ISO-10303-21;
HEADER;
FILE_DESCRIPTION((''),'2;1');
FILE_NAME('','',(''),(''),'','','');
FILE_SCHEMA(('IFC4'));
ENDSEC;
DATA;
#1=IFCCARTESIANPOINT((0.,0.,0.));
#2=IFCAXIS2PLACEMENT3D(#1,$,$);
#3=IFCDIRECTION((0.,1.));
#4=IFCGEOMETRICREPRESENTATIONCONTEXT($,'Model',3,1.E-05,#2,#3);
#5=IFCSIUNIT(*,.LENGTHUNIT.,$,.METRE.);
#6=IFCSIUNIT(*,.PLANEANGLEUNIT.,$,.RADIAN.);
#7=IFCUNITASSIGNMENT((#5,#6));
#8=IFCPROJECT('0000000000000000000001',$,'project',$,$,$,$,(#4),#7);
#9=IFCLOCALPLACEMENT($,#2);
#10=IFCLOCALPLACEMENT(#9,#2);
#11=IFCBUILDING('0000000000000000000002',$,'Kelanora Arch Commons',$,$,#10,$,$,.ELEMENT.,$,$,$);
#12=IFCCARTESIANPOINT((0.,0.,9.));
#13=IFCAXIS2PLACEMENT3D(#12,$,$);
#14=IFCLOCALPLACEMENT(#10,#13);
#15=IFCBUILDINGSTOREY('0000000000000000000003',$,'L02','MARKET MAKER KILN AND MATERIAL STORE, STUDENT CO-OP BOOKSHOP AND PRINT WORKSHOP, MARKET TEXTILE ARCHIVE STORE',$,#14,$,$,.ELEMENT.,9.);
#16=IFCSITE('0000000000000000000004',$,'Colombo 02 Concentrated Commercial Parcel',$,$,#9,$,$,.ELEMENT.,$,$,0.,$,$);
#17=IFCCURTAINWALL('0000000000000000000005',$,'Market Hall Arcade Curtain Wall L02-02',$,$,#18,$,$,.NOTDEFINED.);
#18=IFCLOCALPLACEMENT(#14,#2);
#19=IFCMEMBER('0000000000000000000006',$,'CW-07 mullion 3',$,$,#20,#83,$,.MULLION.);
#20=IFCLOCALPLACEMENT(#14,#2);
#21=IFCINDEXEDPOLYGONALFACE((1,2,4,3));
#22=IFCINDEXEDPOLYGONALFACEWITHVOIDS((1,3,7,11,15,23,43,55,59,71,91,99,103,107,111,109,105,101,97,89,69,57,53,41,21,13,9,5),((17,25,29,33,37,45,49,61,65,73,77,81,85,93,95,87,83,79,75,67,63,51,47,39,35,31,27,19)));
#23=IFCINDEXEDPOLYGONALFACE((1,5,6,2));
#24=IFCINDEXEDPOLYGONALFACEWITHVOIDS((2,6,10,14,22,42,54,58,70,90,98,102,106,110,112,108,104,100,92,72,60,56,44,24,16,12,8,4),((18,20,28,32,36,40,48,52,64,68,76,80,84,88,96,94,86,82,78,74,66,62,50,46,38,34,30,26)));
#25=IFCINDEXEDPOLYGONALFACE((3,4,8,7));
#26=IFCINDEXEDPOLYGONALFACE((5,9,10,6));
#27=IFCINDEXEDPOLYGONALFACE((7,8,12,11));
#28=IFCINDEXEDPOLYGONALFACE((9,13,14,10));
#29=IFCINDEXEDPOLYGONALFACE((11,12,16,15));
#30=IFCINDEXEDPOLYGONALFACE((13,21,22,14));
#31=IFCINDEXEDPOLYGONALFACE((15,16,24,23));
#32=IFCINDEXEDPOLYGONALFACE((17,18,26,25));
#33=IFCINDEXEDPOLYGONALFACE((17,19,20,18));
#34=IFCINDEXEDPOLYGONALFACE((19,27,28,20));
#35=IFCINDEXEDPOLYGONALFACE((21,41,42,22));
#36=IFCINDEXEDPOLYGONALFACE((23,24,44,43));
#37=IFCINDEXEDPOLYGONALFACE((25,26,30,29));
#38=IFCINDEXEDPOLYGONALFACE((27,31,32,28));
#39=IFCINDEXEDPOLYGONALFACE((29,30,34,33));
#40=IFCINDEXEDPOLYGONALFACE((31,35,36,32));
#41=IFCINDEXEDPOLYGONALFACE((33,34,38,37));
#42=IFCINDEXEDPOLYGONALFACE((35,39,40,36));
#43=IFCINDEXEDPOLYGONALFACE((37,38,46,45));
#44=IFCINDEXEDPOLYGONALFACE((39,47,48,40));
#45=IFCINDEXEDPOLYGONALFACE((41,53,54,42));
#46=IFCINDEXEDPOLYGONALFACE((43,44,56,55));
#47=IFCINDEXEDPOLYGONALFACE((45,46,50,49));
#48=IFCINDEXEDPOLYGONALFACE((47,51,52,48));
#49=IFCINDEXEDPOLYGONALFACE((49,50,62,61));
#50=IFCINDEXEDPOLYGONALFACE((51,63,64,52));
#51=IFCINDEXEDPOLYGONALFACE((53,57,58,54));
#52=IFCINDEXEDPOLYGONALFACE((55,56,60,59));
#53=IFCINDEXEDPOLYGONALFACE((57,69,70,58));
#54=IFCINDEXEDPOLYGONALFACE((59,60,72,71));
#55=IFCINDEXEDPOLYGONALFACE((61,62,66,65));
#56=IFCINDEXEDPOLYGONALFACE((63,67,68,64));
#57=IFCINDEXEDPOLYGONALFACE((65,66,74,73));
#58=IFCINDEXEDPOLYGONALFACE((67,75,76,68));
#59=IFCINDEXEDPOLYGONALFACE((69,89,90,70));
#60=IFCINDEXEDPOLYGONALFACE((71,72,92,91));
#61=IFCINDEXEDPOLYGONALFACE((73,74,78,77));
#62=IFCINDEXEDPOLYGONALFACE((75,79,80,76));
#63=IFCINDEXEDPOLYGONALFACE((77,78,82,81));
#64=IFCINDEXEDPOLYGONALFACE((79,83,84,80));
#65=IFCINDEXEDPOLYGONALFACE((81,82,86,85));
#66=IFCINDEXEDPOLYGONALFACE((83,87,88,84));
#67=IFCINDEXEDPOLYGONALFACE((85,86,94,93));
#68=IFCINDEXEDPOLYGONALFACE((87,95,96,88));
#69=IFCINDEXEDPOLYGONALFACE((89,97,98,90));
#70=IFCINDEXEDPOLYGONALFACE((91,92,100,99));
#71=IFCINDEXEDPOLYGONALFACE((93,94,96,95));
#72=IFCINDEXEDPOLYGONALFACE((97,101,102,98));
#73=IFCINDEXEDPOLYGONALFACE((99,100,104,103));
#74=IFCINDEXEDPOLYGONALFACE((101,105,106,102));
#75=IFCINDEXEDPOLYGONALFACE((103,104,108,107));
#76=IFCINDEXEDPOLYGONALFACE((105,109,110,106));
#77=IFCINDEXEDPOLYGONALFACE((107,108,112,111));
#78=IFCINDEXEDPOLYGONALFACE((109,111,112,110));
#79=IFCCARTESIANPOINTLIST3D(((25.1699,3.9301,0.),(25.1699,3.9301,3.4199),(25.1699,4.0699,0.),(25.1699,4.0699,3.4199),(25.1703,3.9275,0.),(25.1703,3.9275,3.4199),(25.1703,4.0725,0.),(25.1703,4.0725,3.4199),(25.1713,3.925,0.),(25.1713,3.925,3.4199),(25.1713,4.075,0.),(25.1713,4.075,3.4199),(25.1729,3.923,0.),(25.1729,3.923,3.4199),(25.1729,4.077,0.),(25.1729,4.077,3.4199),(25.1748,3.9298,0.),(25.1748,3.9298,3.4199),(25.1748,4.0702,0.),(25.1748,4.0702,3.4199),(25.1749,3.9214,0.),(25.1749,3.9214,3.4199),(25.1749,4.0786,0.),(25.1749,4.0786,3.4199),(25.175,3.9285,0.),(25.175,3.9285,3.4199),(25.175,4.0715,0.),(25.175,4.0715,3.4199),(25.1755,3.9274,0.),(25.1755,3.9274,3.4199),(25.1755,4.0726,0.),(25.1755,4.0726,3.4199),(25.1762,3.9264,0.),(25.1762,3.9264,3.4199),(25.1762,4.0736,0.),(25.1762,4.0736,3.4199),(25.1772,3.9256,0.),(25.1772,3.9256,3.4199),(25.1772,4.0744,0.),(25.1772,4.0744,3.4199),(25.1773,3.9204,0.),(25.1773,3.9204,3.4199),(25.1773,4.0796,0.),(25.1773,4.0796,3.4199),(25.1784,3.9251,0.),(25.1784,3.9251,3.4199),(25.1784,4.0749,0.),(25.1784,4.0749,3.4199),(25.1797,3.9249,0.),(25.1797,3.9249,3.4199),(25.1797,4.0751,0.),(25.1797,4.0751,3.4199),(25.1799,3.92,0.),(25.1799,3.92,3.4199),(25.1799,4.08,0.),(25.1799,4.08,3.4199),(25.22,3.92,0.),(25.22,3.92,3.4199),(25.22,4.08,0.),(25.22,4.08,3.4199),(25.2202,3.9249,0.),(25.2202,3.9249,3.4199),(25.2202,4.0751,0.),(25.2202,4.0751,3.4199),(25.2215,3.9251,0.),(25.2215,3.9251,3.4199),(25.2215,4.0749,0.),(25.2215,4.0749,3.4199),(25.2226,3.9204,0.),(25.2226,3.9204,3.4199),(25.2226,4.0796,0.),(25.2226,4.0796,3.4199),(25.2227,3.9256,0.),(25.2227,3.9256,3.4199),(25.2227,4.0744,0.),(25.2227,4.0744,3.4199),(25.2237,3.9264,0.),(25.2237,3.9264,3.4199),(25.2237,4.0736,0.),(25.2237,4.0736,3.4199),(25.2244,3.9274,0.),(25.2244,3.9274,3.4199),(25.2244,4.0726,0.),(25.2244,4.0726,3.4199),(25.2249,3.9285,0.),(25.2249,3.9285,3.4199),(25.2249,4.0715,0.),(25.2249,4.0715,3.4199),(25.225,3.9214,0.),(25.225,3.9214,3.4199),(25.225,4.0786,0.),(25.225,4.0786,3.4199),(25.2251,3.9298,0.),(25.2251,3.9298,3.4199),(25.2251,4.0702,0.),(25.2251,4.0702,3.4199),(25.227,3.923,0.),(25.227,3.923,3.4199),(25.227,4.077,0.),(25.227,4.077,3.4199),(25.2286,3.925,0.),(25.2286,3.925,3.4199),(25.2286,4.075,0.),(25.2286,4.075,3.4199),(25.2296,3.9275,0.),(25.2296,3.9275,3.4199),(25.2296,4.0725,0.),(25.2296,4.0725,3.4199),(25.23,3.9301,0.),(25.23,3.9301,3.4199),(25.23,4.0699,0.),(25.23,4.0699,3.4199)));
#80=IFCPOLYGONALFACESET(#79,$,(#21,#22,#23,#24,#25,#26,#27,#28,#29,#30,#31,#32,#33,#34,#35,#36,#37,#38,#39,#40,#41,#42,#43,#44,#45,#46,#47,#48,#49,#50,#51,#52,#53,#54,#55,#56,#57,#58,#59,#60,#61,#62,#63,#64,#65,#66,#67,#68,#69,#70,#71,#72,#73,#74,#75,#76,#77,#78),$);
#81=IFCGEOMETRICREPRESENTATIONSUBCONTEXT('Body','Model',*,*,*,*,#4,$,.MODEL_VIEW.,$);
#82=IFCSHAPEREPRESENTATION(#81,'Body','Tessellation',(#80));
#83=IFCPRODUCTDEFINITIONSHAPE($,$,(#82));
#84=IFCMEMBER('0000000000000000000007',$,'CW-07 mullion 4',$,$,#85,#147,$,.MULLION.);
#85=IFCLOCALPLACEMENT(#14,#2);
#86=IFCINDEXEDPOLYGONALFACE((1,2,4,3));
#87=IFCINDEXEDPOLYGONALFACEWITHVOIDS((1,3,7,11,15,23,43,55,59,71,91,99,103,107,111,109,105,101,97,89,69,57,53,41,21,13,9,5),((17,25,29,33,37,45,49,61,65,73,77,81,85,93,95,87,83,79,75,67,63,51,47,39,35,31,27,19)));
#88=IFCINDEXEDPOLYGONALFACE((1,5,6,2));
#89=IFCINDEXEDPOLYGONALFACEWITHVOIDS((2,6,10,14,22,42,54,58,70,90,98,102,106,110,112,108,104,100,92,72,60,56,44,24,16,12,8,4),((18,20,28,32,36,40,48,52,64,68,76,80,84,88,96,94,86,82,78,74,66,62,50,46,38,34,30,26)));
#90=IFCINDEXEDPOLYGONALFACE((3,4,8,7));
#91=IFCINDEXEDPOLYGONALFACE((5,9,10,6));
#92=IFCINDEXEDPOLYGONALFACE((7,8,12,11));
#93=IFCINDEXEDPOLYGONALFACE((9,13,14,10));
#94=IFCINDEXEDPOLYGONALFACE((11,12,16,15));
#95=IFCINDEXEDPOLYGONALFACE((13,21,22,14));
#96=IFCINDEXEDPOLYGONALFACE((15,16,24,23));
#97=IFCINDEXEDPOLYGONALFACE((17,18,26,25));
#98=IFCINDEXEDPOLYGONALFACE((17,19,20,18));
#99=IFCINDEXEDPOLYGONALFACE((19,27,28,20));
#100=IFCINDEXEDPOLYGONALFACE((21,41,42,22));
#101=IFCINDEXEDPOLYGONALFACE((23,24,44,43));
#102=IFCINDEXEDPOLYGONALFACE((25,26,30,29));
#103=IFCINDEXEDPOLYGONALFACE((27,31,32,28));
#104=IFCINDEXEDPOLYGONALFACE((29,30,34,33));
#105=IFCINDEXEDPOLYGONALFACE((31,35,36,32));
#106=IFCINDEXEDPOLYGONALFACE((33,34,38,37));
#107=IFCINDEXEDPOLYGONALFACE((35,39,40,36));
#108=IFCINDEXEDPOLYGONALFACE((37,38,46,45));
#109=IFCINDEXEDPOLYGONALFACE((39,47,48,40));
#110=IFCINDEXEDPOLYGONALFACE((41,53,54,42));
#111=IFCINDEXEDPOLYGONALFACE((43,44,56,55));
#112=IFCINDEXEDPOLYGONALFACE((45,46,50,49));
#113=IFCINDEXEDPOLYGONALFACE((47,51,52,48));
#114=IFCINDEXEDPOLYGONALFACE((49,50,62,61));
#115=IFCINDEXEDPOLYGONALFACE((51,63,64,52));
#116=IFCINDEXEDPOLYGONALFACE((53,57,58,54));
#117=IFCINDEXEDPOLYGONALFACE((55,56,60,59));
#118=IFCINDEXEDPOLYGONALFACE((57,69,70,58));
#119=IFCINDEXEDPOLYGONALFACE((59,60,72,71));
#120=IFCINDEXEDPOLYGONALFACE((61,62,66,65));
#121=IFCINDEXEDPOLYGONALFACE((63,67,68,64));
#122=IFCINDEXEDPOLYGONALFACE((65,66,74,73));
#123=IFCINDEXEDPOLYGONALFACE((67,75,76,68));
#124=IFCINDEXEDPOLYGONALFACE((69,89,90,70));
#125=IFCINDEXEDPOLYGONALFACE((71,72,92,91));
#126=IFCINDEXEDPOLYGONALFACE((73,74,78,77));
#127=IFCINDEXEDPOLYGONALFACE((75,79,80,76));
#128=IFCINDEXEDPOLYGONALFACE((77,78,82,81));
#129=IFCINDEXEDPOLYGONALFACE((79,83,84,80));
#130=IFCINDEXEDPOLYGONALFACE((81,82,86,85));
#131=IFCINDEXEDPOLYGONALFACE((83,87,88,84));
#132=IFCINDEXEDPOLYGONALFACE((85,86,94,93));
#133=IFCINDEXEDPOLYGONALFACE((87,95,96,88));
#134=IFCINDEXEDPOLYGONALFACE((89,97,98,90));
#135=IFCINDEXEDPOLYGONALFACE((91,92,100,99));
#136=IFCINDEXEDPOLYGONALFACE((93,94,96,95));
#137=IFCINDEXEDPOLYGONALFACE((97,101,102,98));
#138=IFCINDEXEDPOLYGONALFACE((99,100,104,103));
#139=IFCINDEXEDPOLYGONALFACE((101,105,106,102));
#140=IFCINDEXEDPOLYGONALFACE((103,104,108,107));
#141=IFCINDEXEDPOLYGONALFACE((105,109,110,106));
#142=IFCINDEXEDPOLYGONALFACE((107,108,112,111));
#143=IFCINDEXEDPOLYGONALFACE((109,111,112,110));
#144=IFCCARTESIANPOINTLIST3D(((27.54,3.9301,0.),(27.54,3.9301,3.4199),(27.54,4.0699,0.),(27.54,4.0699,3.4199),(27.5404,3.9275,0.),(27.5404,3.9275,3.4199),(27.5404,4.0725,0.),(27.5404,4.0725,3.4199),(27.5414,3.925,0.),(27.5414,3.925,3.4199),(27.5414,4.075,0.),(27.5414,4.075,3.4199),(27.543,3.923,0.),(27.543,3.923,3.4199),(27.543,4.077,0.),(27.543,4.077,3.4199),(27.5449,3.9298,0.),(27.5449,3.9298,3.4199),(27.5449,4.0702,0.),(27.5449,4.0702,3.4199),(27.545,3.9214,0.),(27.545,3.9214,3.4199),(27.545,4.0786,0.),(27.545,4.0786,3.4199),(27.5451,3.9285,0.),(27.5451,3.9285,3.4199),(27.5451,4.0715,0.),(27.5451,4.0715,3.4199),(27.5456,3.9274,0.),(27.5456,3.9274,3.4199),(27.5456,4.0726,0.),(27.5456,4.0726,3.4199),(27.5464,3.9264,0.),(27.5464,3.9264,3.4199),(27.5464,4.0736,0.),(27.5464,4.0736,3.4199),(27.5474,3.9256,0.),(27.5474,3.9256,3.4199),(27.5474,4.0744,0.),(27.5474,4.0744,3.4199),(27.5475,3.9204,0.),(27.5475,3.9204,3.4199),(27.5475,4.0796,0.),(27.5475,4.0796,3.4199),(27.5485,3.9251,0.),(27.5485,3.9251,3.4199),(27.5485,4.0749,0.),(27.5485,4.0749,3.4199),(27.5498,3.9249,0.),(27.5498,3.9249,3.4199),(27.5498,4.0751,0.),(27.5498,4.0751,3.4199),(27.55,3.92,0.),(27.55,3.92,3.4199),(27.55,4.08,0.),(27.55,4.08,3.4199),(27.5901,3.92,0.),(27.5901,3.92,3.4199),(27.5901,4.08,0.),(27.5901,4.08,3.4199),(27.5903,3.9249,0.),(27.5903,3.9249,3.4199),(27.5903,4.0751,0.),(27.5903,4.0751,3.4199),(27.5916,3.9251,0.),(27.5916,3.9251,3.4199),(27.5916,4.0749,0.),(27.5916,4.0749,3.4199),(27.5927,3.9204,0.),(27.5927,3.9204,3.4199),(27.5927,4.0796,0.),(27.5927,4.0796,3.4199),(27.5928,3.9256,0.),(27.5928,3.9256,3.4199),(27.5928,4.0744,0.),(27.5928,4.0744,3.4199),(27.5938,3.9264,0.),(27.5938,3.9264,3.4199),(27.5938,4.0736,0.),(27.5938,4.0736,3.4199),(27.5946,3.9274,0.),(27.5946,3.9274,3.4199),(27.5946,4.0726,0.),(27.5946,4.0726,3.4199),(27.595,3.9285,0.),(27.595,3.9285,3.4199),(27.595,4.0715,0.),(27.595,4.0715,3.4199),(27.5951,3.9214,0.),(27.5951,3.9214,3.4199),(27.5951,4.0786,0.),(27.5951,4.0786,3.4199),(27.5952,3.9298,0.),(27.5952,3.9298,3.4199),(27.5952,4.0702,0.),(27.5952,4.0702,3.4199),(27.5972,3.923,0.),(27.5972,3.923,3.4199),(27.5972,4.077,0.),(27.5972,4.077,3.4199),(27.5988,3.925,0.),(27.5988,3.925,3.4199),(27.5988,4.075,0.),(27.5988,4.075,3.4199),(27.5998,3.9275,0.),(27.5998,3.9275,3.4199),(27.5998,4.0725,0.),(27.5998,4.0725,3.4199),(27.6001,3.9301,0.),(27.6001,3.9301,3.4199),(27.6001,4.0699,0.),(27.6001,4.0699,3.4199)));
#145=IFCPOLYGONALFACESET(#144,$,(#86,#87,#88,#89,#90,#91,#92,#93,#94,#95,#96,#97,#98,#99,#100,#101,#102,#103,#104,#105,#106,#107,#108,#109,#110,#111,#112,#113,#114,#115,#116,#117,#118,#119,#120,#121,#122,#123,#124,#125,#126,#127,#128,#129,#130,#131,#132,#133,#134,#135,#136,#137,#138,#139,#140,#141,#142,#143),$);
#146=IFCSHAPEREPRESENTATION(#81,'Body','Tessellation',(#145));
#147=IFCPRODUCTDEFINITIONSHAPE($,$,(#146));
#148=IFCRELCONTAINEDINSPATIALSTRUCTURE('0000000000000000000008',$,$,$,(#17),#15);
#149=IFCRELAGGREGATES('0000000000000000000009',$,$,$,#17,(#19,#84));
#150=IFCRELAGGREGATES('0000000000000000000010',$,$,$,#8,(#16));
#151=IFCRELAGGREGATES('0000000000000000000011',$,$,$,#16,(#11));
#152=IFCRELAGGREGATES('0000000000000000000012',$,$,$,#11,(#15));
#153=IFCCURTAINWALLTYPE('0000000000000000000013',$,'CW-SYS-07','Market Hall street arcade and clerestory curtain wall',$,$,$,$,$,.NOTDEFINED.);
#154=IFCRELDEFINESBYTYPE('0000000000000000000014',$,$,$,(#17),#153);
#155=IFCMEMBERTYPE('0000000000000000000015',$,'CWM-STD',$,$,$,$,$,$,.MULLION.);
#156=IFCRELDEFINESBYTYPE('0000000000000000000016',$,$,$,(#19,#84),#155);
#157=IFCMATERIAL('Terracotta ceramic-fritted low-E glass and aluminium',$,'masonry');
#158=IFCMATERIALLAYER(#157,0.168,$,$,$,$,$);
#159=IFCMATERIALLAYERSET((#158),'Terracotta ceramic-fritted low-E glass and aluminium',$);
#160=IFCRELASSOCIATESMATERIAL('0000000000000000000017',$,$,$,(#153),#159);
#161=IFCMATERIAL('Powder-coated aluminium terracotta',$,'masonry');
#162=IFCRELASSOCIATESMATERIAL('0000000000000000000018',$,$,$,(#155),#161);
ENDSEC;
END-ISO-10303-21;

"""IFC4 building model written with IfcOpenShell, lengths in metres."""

from ifc_helpers import new_model, si_unit, direction, frame, origin, origin_2d, place, context, subcontext, project, spatial, hollow_rectangle, extrude, material, layer, layer_set, material_profile, profile_set, type_object, element, aggregate, save


model = new_model("IFC4")

# Units and contexts
model_context = context("Model", 3, precision=1e-05, world=origin(), true_north=direction((0.0, 1.0)))
body_context = subcontext(model_context, "Body", "Model", "MODEL_VIEW")
ifc_project = project(units=[si_unit("LENGTHUNIT", "METRE"), si_unit("PLANEANGLEUNIT", "RADIAN")], contexts=[model_context])

# Site, building, storey
site_placement = place(None, origin())
site = spatial("IfcSite", under=ifc_project, at=site_placement, Name="Colombo 02 Concentrated Commercial Parcel", CompositionType="ELEMENT", RefElevation=0.0)
building_placement = place(site_placement, origin())
building = spatial("IfcBuilding", under=site, at=building_placement, Name="Kelanora Arch Commons", CompositionType="ELEMENT")
storey_placement = place(building_placement, frame((0.0, 0.0, 9.0)))
storey = spatial("IfcBuildingStorey", under=building, at=storey_placement, Name="L02", Description="MARKET MAKER KILN AND MATERIAL STORE, STUDENT CO-OP BOOKSHOP AND PRINT WORKSHOP, MARKET TEXTILE ARCHIVE STORE", CompositionType="ELEMENT", Elevation=9.0)

# Curtain wall, members
ifc_material_1 = material(Name="Terracotta ceramic-fritted low-E glass and aluminium", Category="masonry")
ifc_layer_1 = layer(ifc_material_1, 0.168)
ifc_layer_set_1 = layer_set([ifc_layer_1], Name="Terracotta ceramic-fritted low-E glass and aluminium")
curtain_wall_type = type_object("IfcCurtainWallType", Name="CW-SYS-07", Description="Market Hall street arcade and clerestory curtain wall", PredefinedType="NOTDEFINED", material=ifc_layer_set_1)
curtain_wall_placement = place(storey_placement, origin())
curtain_wall = element("IfcCurtainWall", 1, at=curtain_wall_placement, inside=storey, type_object=curtain_wall_type, Name="Market Hall Arcade Curtain Wall L02-02", PredefinedType="NOTDEFINED")
ifc_material_2 = material(Name="Powder-coated aluminium terracotta", Category="masonry")
ifc_material_profile_1 = material_profile(ifc_material_2, hollow_rectangle(XDim=0.1599, YDim=0.0601, WallThickness=0.0049, InnerFilletRadius=0.0049, OuterFilletRadius=0.01, at=origin_2d()), Name="CWM160x60")
ifc_profile_set_1 = profile_set([ifc_material_profile_1], Name="Powder-coated aluminium terracotta")
member_type_1 = type_object("IfcMemberType", Name="CWM-STD", PredefinedType="MULLION", material=ifc_profile_set_1)
member_1_placement = place(storey_placement, frame((25.2, 4.0, 0.0), z_axis=(0.0, 0.0, 1.0), x_axis=(0.0, 1.0, 0.0)))
member_1 = element("IfcMember", 2, at=member_1_placement, type_object=member_type_1, Name="CW-07 mullion 3", PredefinedType="MULLION", context=body_context, shape_type="SweptSolid", body=[
    extrude(hollow_rectangle(XDim=0.1599, YDim=0.0601, WallThickness=0.0049, InnerFilletRadius=0.0049, OuterFilletRadius=0.01, at=origin_2d()), origin(), (0.0, 0.0, 1.0), 3.4199),
])
member_2_placement = place(storey_placement, frame((27.5701, 4.0, 0.0), z_axis=(0.0, 0.0, 1.0), x_axis=(0.0, 1.0, 0.0)))
member_2 = element("IfcMember", 3, at=member_2_placement, type_object=member_type_1, Name="CW-07 mullion 4", PredefinedType="MULLION", context=body_context, shape_type="SweptSolid", body=[
    extrude(hollow_rectangle(XDim=0.1599, YDim=0.0601, WallThickness=0.0049, InnerFilletRadius=0.0049, OuterFilletRadius=0.01, at=origin_2d()), origin(), (0.0, 0.0, 1.0), 3.4199),
])
aggregate(curtain_wall, [member_1, member_2])

save(model, "model.ifc")
